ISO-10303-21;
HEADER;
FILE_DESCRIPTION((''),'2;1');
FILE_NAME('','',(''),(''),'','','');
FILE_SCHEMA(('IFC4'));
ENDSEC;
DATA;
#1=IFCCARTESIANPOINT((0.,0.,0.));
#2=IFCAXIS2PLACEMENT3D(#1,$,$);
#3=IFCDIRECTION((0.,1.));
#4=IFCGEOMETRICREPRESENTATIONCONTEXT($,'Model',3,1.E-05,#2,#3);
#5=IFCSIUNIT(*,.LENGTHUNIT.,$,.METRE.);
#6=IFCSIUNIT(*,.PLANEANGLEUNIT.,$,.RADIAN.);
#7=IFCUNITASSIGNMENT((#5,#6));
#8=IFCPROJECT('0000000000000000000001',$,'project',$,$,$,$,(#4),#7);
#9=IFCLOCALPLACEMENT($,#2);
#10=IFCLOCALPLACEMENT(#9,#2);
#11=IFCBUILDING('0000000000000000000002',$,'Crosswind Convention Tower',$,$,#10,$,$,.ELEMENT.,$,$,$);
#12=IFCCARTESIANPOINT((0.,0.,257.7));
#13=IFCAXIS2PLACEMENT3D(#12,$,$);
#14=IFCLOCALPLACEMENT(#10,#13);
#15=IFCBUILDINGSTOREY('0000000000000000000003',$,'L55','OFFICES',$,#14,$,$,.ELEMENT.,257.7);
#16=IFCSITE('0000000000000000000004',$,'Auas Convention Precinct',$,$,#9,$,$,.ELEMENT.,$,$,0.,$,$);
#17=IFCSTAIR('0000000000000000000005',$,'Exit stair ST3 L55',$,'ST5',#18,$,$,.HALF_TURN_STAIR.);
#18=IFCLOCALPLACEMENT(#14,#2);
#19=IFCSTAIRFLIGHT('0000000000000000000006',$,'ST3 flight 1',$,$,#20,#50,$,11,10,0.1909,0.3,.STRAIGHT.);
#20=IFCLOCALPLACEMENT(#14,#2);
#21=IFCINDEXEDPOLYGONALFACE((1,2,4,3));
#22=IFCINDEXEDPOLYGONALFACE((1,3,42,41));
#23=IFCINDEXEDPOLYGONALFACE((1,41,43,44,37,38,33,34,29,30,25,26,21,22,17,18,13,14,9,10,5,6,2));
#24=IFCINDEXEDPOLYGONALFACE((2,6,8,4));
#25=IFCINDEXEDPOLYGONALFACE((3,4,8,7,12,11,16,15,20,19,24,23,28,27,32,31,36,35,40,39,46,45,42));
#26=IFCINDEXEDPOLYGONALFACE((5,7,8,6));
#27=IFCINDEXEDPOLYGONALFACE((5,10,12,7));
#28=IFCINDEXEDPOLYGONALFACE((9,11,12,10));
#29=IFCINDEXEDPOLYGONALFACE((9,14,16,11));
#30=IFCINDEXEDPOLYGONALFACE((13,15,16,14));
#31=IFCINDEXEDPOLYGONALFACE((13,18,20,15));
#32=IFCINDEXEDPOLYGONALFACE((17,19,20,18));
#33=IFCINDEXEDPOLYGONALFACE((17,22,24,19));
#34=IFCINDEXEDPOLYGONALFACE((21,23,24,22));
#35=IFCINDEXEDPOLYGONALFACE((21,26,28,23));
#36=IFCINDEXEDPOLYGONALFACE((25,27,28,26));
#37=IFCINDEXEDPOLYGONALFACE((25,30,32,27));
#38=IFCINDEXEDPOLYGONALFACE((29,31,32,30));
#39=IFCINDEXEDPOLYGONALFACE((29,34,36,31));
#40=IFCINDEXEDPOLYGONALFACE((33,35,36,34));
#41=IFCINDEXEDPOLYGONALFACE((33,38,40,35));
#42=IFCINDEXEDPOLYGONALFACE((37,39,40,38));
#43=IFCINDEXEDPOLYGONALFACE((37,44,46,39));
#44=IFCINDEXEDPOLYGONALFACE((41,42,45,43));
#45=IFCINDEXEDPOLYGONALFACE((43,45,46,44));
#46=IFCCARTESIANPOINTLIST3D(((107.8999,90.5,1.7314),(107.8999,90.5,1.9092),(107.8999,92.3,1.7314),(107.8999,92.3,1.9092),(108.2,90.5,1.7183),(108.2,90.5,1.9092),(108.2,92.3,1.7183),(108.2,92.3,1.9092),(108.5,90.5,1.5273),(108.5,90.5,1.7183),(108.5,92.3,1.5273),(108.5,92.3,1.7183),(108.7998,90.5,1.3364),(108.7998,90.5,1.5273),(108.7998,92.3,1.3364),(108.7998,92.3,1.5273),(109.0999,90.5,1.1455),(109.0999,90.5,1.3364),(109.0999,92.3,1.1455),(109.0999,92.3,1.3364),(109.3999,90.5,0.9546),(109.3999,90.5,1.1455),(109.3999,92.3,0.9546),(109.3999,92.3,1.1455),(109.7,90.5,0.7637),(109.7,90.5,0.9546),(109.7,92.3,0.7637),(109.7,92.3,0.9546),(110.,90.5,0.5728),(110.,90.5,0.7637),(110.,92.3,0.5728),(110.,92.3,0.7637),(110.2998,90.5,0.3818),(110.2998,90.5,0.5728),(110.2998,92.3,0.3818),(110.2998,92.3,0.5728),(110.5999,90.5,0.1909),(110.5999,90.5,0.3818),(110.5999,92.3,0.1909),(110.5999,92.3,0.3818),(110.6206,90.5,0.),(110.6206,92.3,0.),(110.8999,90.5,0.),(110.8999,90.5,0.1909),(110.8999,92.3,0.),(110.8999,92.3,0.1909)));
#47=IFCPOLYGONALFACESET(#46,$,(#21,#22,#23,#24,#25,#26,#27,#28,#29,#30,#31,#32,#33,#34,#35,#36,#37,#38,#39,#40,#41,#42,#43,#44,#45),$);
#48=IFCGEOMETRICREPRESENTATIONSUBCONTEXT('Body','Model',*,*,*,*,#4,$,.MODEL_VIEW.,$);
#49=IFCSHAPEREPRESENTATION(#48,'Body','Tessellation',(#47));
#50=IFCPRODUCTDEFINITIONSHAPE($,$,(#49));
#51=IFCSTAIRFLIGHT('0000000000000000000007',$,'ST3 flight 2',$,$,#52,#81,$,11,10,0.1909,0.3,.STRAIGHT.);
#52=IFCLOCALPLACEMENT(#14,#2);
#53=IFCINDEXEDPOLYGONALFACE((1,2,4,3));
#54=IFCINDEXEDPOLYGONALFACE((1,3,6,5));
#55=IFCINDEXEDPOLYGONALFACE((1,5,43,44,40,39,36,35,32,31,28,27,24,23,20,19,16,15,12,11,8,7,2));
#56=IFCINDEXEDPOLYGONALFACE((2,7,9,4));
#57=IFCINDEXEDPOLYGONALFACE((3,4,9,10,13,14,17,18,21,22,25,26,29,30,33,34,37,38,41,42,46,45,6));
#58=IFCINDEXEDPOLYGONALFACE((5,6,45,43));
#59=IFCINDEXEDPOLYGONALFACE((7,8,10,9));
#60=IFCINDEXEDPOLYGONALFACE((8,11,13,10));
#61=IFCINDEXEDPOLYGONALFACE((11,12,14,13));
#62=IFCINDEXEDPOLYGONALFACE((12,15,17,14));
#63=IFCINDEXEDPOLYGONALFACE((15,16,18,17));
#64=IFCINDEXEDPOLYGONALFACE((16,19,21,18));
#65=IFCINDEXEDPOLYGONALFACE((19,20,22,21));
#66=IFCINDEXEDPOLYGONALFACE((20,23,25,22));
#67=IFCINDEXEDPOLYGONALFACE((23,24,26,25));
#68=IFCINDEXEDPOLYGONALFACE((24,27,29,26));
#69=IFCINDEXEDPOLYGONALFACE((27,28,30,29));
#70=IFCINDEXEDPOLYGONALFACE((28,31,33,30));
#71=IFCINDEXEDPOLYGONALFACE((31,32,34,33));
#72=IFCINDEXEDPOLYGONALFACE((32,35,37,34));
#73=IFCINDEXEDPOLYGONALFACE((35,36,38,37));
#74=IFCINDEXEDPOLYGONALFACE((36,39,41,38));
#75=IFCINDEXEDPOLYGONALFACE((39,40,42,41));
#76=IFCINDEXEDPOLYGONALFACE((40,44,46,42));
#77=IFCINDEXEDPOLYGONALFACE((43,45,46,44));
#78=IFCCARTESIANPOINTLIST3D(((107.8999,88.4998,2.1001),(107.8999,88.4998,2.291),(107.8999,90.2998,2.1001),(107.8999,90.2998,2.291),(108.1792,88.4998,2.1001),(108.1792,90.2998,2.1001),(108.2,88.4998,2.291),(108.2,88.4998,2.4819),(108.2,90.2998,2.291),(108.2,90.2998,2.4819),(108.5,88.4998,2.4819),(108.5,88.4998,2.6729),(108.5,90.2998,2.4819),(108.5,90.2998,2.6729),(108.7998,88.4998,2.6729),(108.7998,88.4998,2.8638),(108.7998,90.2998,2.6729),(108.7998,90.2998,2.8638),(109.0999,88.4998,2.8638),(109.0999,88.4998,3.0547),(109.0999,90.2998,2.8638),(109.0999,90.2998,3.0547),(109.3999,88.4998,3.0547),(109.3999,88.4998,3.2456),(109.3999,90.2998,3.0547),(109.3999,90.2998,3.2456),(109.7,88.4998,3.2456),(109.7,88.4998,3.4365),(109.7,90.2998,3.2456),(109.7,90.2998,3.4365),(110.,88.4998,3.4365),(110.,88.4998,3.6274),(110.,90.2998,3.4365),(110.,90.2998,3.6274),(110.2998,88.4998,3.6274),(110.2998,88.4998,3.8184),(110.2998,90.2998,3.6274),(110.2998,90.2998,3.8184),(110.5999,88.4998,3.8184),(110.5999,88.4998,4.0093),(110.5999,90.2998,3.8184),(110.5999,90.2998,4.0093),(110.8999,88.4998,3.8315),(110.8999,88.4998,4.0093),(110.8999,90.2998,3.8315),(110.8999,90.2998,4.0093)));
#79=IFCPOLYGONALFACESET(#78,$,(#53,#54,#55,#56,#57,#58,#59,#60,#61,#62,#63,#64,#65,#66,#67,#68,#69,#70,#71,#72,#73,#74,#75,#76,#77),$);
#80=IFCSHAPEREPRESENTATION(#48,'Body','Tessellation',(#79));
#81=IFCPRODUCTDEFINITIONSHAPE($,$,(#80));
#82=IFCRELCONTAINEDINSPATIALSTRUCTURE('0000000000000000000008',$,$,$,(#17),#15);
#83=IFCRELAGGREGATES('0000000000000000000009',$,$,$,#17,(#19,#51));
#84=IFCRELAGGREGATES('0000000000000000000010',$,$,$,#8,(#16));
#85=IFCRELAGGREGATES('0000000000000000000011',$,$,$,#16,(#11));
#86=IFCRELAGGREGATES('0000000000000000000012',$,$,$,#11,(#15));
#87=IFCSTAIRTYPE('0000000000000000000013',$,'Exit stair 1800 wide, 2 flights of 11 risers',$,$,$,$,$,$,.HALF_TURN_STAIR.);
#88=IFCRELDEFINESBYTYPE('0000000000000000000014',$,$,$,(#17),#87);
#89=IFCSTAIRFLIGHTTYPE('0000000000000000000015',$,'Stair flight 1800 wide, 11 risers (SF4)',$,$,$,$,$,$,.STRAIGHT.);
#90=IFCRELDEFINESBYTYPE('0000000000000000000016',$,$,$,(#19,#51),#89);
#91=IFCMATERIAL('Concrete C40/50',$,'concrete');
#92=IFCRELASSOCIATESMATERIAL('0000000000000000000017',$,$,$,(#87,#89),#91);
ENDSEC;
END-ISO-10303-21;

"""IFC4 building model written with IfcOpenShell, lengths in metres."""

from ifc_helpers import new_model, si_unit, direction, frame, origin, place, context, subcontext, project, spatial, polyline, outline, extrude, material, type_object, element, aggregate, save


model = new_model("IFC4")

# Units and contexts
model_context = context("Model", 3, precision=1e-05, world=origin(), true_north=direction((0.0, 1.0)))
body_context = subcontext(model_context, "Body", "Model", "MODEL_VIEW")
ifc_project = project(units=[si_unit("LENGTHUNIT", "METRE"), si_unit("PLANEANGLEUNIT", "RADIAN")], contexts=[model_context])

# Site, building, storey
site_placement = place(None, origin())
site = spatial("IfcSite", under=ifc_project, at=site_placement, Name="Auas Convention Precinct", CompositionType="ELEMENT", RefElevation=0.0)
building_placement = place(site_placement, origin())
building = spatial("IfcBuilding", under=site, at=building_placement, Name="Crosswind Convention Tower", CompositionType="ELEMENT")
storey_placement = place(building_placement, frame((0.0, 0.0, 257.7)))
storey = spatial("IfcBuildingStorey", under=building, at=storey_placement, Name="L55", Description="OFFICES", CompositionType="ELEMENT", Elevation=257.7)

# Shared definitions
ifc_material_1 = material(Name="Concrete C40/50", Category="concrete")

# Stair
stair_type = type_object("IfcStairType", Name="Exit stair 1800 wide, 2 flights of 11 risers", PredefinedType="HALF_TURN_STAIR", material=ifc_material_1)
stair_1_placement = place(storey_placement, origin())
stair_1 = element("IfcStair", 1, at=stair_1_placement, inside=storey, type_object=stair_type, Name="Exit stair ST3 L55", ObjectType="ST5", PredefinedType="HALF_TURN_STAIR")

# Stair flights
stair_flight_type = type_object("IfcStairFlightType", Name="Stair flight 1800 wide, 11 risers (SF4)", PredefinedType="STRAIGHT", material=ifc_material_1)
stair_flight_1_placement = place(storey_placement, frame((110.8999, 91.3999, 0.0), z_axis=(0.0, 0.0, 1.0), x_axis=(-1.0, 0.0, 0.0)))
stair_flight_1 = element("IfcStairFlight", 2, at=stair_flight_1_placement, type_object=stair_flight_type, Name="ST3 flight 1", NumberOfRisers=11, NumberOfTreads=10, PredefinedType="STRAIGHT", RiserHeight=0.1909, TreadLength=0.3, context=body_context, shape_type="SweptSolid", body=[
    extrude(outline(polyline([(0.0, 0.0), (0.0, 0.1909), (0.3, 0.1909), (0.3, 0.3818), (0.6001, 0.3818), (0.6001, 0.5728), (0.8999, 0.5728), (0.8999, 0.7637), (1.2, 0.7637), (1.2, 0.9546), (1.5, 0.9546), (1.5, 1.1455), (1.8, 1.1455), (1.8, 1.3364), (2.1001, 1.3364), (2.1001, 1.5273), (2.3999, 1.5273), (2.3999, 1.7183), (2.7, 1.7183), (2.7, 1.9092), (3.0, 1.9092), (3.0, 2.1001), (3.0, 1.7314), (0.2793, 0.0), (0.0, 0.0)])), frame((0.0, 0.8999, 0.0), z_axis=(0.0, -1.0, 0.0), x_axis=(1.0, 0.0, 0.0)), (0.0, 0.0, 1.0), 1.8),
])
stair_flight_2_placement = place(storey_placement, frame((107.8999, 89.3999, 2.1001), z_axis=(0.0, 0.0, 1.0), x_axis=(1.0, 0.0, 0.0)))
stair_flight_2 = element("IfcStairFlight", 3, at=stair_flight_2_placement, type_object=stair_flight_type, Name="ST3 flight 2", NumberOfRisers=11, NumberOfTreads=10, PredefinedType="STRAIGHT", RiserHeight=0.1909, TreadLength=0.3, context=body_context, shape_type="SweptSolid", body=[
    extrude(outline(polyline([(0.0, 0.0), (0.0, 0.1909), (0.3, 0.1909), (0.3, 0.3818), (0.6001, 0.3818), (0.6001, 0.5728), (0.8999, 0.5728), (0.8999, 0.7637), (1.2, 0.7637), (1.2, 0.9546), (1.5, 0.9546), (1.5, 1.1455), (1.8, 1.1455), (1.8, 1.3364), (2.1001, 1.3364), (2.1001, 1.5273), (2.3999, 1.5273), (2.3999, 1.7183), (2.7, 1.7183), (2.7, 1.9092), (3.0, 1.9092), (3.0, 2.1001), (3.0, 1.7314), (0.2793, 0.0), (0.0, 0.0)])), frame((0.0, 0.8999, 0.0), z_axis=(0.0, -1.0, 0.0), x_axis=(1.0, 0.0, 0.0)), (0.0, 0.0, 1.0), 1.8),
])
aggregate(stair_1, [stair_flight_1, stair_flight_2])

save(model, "model.ifc")
